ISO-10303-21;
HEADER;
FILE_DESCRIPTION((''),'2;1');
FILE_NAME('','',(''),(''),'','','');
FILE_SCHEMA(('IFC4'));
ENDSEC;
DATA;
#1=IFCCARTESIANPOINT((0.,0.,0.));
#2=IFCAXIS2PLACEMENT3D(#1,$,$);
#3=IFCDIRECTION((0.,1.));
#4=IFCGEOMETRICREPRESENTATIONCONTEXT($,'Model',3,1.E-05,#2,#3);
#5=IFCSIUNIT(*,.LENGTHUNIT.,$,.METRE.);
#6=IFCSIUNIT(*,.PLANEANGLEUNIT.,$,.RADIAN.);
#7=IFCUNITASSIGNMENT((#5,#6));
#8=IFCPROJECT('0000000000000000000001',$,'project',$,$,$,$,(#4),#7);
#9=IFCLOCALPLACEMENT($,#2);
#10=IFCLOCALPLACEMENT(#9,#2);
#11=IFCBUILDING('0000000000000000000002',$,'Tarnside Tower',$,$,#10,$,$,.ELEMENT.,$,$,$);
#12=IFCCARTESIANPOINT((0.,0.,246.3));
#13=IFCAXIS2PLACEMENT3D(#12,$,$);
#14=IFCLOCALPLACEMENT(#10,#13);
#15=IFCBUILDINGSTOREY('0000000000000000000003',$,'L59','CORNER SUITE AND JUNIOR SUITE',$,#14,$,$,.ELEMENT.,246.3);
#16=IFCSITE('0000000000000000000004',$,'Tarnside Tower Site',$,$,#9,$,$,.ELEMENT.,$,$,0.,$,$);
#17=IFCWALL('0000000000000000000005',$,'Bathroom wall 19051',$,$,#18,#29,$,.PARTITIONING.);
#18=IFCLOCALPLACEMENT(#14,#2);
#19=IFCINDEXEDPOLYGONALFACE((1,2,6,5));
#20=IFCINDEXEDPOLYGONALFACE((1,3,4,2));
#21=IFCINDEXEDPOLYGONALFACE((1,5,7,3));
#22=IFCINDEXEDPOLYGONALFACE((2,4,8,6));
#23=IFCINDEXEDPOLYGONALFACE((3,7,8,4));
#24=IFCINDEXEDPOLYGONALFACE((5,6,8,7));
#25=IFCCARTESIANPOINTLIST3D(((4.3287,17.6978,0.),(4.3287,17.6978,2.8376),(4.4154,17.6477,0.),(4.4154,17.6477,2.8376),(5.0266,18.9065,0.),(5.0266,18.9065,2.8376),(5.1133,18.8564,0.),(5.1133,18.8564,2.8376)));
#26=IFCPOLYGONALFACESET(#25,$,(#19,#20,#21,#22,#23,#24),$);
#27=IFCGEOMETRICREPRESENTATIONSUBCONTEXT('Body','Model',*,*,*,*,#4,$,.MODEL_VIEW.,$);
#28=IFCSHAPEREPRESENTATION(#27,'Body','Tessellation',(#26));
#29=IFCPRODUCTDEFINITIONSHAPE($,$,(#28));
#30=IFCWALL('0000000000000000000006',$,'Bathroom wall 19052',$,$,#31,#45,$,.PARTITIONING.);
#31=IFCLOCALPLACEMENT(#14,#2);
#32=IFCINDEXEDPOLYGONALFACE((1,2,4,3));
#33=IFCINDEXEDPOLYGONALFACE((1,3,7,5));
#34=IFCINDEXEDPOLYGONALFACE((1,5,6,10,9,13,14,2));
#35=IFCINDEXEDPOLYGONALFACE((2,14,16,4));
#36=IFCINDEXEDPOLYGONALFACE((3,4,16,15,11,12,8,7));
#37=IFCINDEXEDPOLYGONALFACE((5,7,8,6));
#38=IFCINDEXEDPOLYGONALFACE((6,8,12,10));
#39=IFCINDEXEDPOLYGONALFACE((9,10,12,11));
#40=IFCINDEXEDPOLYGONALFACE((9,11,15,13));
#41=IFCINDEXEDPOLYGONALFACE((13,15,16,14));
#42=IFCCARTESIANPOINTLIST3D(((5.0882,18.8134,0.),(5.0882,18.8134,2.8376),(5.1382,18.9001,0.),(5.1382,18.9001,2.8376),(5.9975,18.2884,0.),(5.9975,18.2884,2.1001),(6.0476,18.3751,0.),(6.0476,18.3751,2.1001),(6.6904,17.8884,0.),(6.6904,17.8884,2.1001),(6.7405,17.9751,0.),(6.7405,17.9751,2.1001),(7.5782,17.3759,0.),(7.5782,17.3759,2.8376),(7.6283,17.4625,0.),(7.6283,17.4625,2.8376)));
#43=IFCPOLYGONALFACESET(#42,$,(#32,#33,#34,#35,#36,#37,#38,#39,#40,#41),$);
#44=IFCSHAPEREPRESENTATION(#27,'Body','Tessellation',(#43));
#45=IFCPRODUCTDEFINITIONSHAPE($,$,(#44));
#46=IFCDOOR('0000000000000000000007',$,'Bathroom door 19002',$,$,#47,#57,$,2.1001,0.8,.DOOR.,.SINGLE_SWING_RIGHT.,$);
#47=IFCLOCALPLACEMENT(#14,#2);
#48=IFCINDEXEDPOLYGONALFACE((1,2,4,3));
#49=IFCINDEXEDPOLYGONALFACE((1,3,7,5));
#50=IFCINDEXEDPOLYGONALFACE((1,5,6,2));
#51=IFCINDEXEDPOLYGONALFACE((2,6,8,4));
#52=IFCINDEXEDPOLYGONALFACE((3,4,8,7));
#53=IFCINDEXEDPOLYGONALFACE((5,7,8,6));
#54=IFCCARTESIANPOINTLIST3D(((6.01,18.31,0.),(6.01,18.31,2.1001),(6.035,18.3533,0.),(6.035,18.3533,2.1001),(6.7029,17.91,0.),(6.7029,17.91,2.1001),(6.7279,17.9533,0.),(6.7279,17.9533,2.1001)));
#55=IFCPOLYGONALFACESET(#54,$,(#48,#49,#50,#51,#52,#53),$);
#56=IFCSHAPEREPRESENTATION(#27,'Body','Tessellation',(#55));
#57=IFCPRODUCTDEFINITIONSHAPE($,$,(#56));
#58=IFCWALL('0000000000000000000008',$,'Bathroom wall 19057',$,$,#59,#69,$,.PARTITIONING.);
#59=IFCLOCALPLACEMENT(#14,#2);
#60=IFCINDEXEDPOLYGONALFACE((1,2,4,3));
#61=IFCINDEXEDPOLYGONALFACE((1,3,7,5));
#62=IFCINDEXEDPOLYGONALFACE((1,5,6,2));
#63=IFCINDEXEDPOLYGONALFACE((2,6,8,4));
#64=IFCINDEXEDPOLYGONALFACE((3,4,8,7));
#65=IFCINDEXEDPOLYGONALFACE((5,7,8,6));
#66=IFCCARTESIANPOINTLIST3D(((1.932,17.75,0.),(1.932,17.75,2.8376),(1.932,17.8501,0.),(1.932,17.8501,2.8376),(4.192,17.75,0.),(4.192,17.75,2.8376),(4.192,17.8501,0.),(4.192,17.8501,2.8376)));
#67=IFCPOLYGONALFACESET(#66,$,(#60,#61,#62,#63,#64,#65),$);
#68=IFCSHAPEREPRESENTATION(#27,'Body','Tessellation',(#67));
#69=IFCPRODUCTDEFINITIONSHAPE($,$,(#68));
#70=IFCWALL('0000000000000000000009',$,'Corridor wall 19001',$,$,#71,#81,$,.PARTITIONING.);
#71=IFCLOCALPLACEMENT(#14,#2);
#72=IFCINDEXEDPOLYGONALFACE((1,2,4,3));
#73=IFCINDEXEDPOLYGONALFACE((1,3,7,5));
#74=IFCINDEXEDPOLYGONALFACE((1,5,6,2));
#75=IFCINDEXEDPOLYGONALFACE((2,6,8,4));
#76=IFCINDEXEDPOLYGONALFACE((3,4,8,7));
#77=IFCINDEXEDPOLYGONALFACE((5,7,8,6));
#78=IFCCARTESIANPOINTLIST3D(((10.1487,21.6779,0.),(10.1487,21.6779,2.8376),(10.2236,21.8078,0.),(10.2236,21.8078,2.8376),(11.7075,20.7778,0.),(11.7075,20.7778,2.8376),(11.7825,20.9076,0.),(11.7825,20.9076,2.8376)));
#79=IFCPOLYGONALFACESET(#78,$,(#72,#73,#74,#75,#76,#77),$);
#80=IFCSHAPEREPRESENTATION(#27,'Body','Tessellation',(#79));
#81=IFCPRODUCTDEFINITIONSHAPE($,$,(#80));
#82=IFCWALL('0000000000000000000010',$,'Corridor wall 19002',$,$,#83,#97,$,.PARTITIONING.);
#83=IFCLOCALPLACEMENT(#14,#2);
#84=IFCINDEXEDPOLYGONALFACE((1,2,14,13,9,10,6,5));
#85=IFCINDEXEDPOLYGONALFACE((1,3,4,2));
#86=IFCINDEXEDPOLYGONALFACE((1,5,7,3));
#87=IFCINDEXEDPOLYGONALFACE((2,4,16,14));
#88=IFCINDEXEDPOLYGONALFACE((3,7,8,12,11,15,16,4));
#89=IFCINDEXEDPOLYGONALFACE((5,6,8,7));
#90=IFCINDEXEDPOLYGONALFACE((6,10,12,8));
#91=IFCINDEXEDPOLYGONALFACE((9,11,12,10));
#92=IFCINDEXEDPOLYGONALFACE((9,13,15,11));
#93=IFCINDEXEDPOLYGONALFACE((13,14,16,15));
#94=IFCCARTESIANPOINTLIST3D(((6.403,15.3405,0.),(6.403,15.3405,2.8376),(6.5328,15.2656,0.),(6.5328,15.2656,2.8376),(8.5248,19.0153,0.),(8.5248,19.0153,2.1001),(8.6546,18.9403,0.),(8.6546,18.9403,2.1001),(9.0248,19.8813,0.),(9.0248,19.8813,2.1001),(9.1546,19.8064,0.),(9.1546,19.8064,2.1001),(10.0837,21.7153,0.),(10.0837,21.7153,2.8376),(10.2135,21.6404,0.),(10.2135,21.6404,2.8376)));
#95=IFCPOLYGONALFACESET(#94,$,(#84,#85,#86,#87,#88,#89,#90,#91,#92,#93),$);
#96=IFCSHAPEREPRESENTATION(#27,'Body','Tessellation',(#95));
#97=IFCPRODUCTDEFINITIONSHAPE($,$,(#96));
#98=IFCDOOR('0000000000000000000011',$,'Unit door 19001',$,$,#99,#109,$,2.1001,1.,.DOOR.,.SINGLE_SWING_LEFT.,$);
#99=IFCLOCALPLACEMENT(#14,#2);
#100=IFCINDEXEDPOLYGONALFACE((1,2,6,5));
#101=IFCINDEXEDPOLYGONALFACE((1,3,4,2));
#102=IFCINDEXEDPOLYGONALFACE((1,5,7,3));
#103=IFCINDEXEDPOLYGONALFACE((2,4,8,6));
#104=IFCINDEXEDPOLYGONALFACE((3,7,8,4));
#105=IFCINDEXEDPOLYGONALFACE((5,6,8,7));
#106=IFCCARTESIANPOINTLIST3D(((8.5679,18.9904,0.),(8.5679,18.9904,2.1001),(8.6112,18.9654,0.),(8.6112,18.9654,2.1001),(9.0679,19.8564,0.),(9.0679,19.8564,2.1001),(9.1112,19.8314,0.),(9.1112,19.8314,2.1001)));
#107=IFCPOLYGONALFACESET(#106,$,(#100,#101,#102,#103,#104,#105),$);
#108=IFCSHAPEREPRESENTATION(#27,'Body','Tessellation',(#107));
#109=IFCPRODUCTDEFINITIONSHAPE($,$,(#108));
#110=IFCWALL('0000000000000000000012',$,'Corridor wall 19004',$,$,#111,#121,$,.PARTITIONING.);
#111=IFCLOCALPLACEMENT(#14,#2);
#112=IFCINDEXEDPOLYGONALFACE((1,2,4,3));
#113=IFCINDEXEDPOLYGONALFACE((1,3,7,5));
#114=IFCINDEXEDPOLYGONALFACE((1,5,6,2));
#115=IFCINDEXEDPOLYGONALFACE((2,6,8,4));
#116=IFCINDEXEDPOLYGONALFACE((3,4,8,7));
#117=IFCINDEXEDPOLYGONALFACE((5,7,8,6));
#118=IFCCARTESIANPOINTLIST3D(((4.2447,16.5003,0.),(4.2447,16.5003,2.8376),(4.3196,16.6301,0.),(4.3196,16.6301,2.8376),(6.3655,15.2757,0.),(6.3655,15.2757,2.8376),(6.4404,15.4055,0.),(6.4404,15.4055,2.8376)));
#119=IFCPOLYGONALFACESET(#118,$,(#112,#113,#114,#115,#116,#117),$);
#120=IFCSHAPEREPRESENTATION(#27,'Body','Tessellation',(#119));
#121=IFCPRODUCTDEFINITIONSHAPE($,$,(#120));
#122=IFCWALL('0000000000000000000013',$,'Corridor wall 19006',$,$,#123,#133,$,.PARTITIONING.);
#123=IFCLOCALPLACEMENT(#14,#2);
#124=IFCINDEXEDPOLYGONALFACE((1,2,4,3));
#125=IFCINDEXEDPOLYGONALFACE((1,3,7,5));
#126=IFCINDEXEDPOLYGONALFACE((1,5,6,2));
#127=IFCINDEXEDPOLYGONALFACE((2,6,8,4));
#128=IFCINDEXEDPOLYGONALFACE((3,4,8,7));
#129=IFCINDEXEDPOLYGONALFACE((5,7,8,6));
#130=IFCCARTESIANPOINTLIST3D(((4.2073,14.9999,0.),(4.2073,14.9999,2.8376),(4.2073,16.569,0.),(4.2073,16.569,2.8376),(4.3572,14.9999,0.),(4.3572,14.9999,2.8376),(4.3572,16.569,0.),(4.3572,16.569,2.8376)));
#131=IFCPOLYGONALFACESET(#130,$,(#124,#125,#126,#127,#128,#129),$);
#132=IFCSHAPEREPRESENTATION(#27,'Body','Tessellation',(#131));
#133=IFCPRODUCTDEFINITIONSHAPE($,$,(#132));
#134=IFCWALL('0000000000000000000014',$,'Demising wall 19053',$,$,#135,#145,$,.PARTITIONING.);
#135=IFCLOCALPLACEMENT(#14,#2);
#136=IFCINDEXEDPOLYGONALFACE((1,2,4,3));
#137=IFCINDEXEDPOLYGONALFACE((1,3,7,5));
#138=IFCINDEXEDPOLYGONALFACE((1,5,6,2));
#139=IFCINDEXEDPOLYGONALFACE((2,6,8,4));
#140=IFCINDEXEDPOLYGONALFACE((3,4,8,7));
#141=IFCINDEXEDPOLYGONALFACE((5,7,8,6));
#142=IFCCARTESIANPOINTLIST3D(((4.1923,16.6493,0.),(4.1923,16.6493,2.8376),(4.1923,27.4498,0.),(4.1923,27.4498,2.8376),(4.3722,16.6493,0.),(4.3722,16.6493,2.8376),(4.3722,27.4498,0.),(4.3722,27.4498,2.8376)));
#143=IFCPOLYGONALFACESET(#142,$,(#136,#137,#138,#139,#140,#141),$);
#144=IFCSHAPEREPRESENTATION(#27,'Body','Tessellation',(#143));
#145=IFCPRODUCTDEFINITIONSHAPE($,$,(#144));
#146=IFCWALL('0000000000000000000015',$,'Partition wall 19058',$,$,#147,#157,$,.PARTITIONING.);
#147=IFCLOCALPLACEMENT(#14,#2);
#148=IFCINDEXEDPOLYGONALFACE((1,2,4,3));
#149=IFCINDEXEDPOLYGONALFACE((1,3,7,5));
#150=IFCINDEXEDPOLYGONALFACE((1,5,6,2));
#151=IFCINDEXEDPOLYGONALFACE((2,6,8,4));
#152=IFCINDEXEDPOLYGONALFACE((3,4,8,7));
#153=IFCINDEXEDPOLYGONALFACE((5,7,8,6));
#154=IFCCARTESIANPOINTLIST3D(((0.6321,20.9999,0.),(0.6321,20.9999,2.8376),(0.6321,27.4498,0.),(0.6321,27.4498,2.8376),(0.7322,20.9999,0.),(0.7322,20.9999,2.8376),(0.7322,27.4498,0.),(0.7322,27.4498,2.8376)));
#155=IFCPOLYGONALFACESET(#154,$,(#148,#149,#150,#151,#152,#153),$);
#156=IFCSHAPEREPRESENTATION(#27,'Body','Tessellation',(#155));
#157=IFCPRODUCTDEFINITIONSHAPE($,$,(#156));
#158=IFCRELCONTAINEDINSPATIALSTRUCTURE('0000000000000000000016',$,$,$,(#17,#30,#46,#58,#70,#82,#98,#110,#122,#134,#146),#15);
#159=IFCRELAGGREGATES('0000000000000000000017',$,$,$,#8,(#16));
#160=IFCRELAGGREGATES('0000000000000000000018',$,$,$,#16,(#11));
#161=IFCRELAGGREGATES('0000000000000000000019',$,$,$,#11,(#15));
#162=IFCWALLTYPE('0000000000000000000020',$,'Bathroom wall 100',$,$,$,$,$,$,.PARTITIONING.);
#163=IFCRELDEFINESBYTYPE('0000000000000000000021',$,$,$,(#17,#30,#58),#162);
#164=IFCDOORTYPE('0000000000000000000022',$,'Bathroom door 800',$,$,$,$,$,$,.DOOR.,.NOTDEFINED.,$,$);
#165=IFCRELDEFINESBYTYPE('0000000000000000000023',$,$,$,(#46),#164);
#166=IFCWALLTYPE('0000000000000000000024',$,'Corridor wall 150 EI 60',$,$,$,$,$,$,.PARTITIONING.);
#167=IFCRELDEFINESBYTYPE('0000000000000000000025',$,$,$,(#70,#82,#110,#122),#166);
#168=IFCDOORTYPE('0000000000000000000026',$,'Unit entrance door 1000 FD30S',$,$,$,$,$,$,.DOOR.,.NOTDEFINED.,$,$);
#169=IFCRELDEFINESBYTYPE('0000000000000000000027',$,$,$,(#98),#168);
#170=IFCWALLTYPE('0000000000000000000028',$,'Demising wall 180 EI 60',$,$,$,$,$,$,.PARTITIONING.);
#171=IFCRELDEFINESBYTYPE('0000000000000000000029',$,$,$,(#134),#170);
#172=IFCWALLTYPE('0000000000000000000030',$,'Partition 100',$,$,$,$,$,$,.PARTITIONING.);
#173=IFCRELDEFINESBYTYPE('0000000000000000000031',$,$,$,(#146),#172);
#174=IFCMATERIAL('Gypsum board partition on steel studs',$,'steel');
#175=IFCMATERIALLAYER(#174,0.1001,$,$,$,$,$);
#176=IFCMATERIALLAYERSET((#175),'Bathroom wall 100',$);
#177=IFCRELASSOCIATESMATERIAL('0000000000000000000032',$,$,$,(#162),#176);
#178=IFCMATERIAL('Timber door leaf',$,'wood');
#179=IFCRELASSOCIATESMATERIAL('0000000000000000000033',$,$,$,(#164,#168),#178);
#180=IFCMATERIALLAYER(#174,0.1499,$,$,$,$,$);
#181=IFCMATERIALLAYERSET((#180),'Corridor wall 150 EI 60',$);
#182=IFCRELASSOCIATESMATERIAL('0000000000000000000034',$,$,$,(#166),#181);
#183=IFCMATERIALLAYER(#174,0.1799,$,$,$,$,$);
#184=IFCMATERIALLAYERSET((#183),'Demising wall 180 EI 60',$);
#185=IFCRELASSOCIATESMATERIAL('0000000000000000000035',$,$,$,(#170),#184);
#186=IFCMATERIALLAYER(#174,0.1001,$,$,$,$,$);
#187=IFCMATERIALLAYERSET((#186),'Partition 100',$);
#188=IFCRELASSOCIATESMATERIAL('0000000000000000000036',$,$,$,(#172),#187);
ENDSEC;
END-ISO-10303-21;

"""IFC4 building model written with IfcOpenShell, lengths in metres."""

from ifc_helpers import new_model, si_unit, direction, frame, frame_2d, origin, place, context, subcontext, project, spatial, rectangle, extrude, material, layer, layer_set, type_object, element, fill, save


model = new_model("IFC4")

# Units and contexts
model_context = context("Model", 3, precision=1e-05, world=origin(), true_north=direction((0.0, 1.0)))
body_context = subcontext(model_context, "Body", "Model", "MODEL_VIEW")
ifc_project = project(units=[si_unit("LENGTHUNIT", "METRE"), si_unit("PLANEANGLEUNIT", "RADIAN")], contexts=[model_context])

# Site, building, storey
site_placement = place(None, origin())
site = spatial("IfcSite", under=ifc_project, at=site_placement, Name="Tarnside Tower Site", CompositionType="ELEMENT", RefElevation=0.0)
building_placement = place(site_placement, origin())
building = spatial("IfcBuilding", under=site, at=building_placement, Name="Tarnside Tower", CompositionType="ELEMENT")
storey_placement = place(building_placement, frame((0.0, 0.0, 246.3)))
storey = spatial("IfcBuildingStorey", under=building, at=storey_placement, Name="L59", Description="CORNER SUITE AND JUNIOR SUITE", CompositionType="ELEMENT", Elevation=246.3)

# Wall
ifc_material_1 = material(Name="Gypsum board partition on steel studs", Category="steel")
ifc_layer_1 = layer(ifc_material_1, 0.1001)
ifc_layer_set_1 = layer_set([ifc_layer_1], Name="Bathroom wall 100")
wall_type_1 = type_object("IfcWallType", Name="Bathroom wall 100", PredefinedType="PARTITIONING", material=ifc_layer_set_1)
wall_1_placement = place(storey_placement, frame((4.3721, 17.6729, 0.0), z_axis=(0.0, 0.0, 1.0), x_axis=(0.500071, 0.865985, 0.0)))
element("IfcWall", 1, at=wall_1_placement, inside=storey, type_object=wall_type_1, Name="Bathroom wall 19051", PredefinedType="PARTITIONING", context=body_context, shape_type="SweptSolid", body=[
    extrude(rectangle(XDim=1.3958, YDim=0.1001, at=frame_2d((0.6978, 0.0))), origin(), (0.0, 0.0, 1.0), 2.8376),
])

# Wall, opening, door
wall_2_placement = place(storey_placement, frame((5.1133, 18.8567, 0.0), z_axis=(0.0, 0.0, 1.0), x_axis=(0.86604, -0.499975, 0.0)))
wall_2 = element("IfcWall", 2, at=wall_2_placement, inside=storey, type_object=wall_type_1, Name="Bathroom wall 19052", PredefinedType="PARTITIONING", context=body_context, shape_type="SweptSolid", body=[
    extrude(rectangle(XDim=2.8752, YDim=0.1001, at=frame_2d((1.4375, 0.0))), origin(), (0.0, 0.0, 1.0), 2.8376),
])
opening_1_placement = place(wall_2_placement, frame((1.05, 0.0, 0.0)))
opening_1 = element("IfcOpeningElement", 3, at=opening_1_placement, cuts=wall_2, PredefinedType="OPENING", context=body_context, shape_type="SweptSolid", body=[
    extrude(rectangle(XDim=0.8, YDim=2.1001, at=frame_2d((0.3999, 1.05))), frame((0.0, 0.0601, 0.0), z_axis=(0.0, -1.0, 0.0), x_axis=(1.0, 0.0, 0.0)), (0.0, 0.0, 1.0), 0.1201),
])
ifc_material_2 = material(Name="Timber door leaf", Category="wood")
door_type_1 = type_object("IfcDoorType", Name="Bathroom door 800", OperationType="NOTDEFINED", PredefinedType="DOOR", material=ifc_material_2)
door_1_placement = place(opening_1_placement, origin())
door_1 = element("IfcDoor", 4, at=door_1_placement, inside=storey, type_object=door_type_1, Name="Bathroom door 19002", OperationType="SINGLE_SWING_RIGHT", OverallHeight=2.1001, OverallWidth=0.8, PredefinedType="DOOR", context=body_context, shape_type="SweptSolid", body=[
    extrude(rectangle(XDim=0.8, YDim=2.1001, at=frame_2d((0.3999, 1.05))), frame((0.0, 0.0249, 0.0), z_axis=(0.0, -1.0, 0.0), x_axis=(1.0, 0.0, 0.0)), (0.0, 0.0, 1.0), 0.05),
])
fill(opening_1, door_1)

# Walls
wall_3_placement = place(storey_placement, frame((1.9321, 17.8, 0.0), z_axis=(0.0, 0.0, 1.0), x_axis=(1.0, 0.0, 0.0)))
element("IfcWall", 5, at=wall_3_placement, inside=storey, type_object=wall_type_1, Name="Bathroom wall 19057", PredefinedType="PARTITIONING", context=body_context, shape_type="SweptSolid", body=[
    extrude(rectangle(XDim=2.26, YDim=0.1001, at=frame_2d((1.1299, 0.0))), origin(), (0.0, 0.0, 1.0), 2.8376),
])
ifc_layer_2 = layer(ifc_material_1, 0.1499)
ifc_layer_set_2 = layer_set([ifc_layer_2], Name="Corridor wall 150 EI 60")
wall_type_2 = type_object("IfcWallType", Name="Corridor wall 150 EI 60", PredefinedType="PARTITIONING", material=ifc_layer_set_2)
wall_4_placement = place(storey_placement, frame((11.7449, 20.8428, 0.0), z_axis=(0.0, 0.0, 1.0), x_axis=(-0.865989, 0.500063, 0.0)))
element("IfcWall", 6, at=wall_4_placement, inside=storey, type_object=wall_type_2, Name="Corridor wall 19001", PredefinedType="PARTITIONING", context=body_context, shape_type="SweptSolid", body=[
    extrude(rectangle(XDim=1.8, YDim=0.1499, at=frame_2d((0.8999, 0.0))), origin(), (0.0, 0.0, 1.0), 2.8376),
])

# Wall, opening, door
wall_5_placement = place(storey_placement, frame((10.1487, 21.678, 0.0), z_axis=(0.0, 0.0, 1.0), x_axis=(-0.50002, -0.866014, 0.0)))
wall_5 = element("IfcWall", 7, at=wall_5_placement, inside=storey, type_object=wall_type_2, Name="Corridor wall 19002", PredefinedType="PARTITIONING", context=body_context, shape_type="SweptSolid", body=[
    extrude(rectangle(XDim=7.3611, YDim=0.1499, at=frame_2d((3.6807, 0.0))), origin(), (0.0, 0.0, 1.0), 2.8376),
])
opening_2_placement = place(wall_5_placement, frame((2.1179, 0.0, 0.0)))
opening_2 = element("IfcOpeningElement", 8, at=opening_2_placement, cuts=wall_5, PredefinedType="OPENING", context=body_context, shape_type="SweptSolid", body=[
    extrude(rectangle(XDim=1.0, YDim=2.1001, at=frame_2d((0.5, 1.05))), frame((0.0, 0.085, 0.0), z_axis=(0.0, -1.0, 0.0), x_axis=(1.0, 0.0, 0.0)), (0.0, 0.0, 1.0), 0.1699),
])
door_type_2 = type_object("IfcDoorType", Name="Unit entrance door 1000 FD30S", OperationType="NOTDEFINED", PredefinedType="DOOR", material=ifc_material_2)
door_2_placement = place(opening_2_placement, origin())
door_2 = element("IfcDoor", 9, at=door_2_placement, inside=storey, type_object=door_type_2, Name="Unit door 19001", OperationType="SINGLE_SWING_LEFT", OverallHeight=2.1001, OverallWidth=1.0, PredefinedType="DOOR", context=body_context, shape_type="SweptSolid", body=[
    extrude(rectangle(XDim=1.0, YDim=2.1001, at=frame_2d((0.5, 1.05))), frame((0.0, 0.0249, 0.0), z_axis=(0.0, -1.0, 0.0), x_axis=(1.0, 0.0, 0.0)), (0.0, 0.0, 1.0), 0.05),
])
fill(opening_2, door_2)

# Walls
wall_6_placement = place(storey_placement, frame((6.4031, 15.3406, 0.0), z_axis=(0.0, 0.0, 1.0), x_axis=(-0.866001, 0.500042, 0.0)))
element("IfcWall", 10, at=wall_6_placement, inside=storey, type_object=wall_type_2, Name="Corridor wall 19004", PredefinedType="PARTITIONING", context=body_context, shape_type="SweptSolid", body=[
    extrude(rectangle(XDim=2.449, YDim=0.1499, at=frame_2d((1.2246, 0.0))), origin(), (0.0, 0.0, 1.0), 2.8376),
])
wall_7_placement = place(storey_placement, frame((4.2822, 16.5691, 0.0), z_axis=(0.0, 0.0, 1.0), x_axis=(0.0, -1.0, 0.0)))
element("IfcWall", 11, at=wall_7_placement, inside=storey, type_object=wall_type_2, Name="Corridor wall 19006", PredefinedType="PARTITIONING", context=body_context, shape_type="SweptSolid", body=[
    extrude(rectangle(XDim=1.5691, YDim=0.1499, at=frame_2d((0.7847, 0.0))), origin(), (0.0, 0.0, 1.0), 2.8376),
])
ifc_layer_3 = layer(ifc_material_1, 0.1799)
ifc_layer_set_3 = layer_set([ifc_layer_3], Name="Demising wall 180 EI 60")
wall_type_3 = type_object("IfcWallType", Name="Demising wall 180 EI 60", PredefinedType="PARTITIONING", material=ifc_layer_set_3)
wall_8_placement = place(storey_placement, frame((4.2822, 27.45, 0.0), z_axis=(0.0, 0.0, 1.0), x_axis=(0.0, -1.0, 0.0)))
element("IfcWall", 12, at=wall_8_placement, inside=storey, type_object=wall_type_3, Name="Demising wall 19053", PredefinedType="PARTITIONING", context=body_context, shape_type="SweptSolid", body=[
    extrude(rectangle(XDim=10.8005, YDim=0.1799, at=frame_2d((5.4004, 0.0))), origin(), (0.0, 0.0, 1.0), 2.8376),
])
ifc_layer_4 = layer(ifc_material_1, 0.1001)
ifc_layer_set_4 = layer_set([ifc_layer_4], Name="Partition 100")
wall_type_4 = type_object("IfcWallType", Name="Partition 100", PredefinedType="PARTITIONING", material=ifc_layer_set_4)
wall_9_placement = place(storey_placement, frame((0.6821, 27.45, 0.0), z_axis=(0.0, 0.0, 1.0), x_axis=(0.0, -1.0, 0.0)))
element("IfcWall", 13, at=wall_9_placement, inside=storey, type_object=wall_type_4, Name="Partition wall 19058", PredefinedType="PARTITIONING", context=body_context, shape_type="SweptSolid", body=[
    extrude(rectangle(XDim=6.45, YDim=0.1001, at=frame_2d((3.2251, 0.0))), origin(), (0.0, 0.0, 1.0), 2.8376),
])

save(model, "model.ifc")
